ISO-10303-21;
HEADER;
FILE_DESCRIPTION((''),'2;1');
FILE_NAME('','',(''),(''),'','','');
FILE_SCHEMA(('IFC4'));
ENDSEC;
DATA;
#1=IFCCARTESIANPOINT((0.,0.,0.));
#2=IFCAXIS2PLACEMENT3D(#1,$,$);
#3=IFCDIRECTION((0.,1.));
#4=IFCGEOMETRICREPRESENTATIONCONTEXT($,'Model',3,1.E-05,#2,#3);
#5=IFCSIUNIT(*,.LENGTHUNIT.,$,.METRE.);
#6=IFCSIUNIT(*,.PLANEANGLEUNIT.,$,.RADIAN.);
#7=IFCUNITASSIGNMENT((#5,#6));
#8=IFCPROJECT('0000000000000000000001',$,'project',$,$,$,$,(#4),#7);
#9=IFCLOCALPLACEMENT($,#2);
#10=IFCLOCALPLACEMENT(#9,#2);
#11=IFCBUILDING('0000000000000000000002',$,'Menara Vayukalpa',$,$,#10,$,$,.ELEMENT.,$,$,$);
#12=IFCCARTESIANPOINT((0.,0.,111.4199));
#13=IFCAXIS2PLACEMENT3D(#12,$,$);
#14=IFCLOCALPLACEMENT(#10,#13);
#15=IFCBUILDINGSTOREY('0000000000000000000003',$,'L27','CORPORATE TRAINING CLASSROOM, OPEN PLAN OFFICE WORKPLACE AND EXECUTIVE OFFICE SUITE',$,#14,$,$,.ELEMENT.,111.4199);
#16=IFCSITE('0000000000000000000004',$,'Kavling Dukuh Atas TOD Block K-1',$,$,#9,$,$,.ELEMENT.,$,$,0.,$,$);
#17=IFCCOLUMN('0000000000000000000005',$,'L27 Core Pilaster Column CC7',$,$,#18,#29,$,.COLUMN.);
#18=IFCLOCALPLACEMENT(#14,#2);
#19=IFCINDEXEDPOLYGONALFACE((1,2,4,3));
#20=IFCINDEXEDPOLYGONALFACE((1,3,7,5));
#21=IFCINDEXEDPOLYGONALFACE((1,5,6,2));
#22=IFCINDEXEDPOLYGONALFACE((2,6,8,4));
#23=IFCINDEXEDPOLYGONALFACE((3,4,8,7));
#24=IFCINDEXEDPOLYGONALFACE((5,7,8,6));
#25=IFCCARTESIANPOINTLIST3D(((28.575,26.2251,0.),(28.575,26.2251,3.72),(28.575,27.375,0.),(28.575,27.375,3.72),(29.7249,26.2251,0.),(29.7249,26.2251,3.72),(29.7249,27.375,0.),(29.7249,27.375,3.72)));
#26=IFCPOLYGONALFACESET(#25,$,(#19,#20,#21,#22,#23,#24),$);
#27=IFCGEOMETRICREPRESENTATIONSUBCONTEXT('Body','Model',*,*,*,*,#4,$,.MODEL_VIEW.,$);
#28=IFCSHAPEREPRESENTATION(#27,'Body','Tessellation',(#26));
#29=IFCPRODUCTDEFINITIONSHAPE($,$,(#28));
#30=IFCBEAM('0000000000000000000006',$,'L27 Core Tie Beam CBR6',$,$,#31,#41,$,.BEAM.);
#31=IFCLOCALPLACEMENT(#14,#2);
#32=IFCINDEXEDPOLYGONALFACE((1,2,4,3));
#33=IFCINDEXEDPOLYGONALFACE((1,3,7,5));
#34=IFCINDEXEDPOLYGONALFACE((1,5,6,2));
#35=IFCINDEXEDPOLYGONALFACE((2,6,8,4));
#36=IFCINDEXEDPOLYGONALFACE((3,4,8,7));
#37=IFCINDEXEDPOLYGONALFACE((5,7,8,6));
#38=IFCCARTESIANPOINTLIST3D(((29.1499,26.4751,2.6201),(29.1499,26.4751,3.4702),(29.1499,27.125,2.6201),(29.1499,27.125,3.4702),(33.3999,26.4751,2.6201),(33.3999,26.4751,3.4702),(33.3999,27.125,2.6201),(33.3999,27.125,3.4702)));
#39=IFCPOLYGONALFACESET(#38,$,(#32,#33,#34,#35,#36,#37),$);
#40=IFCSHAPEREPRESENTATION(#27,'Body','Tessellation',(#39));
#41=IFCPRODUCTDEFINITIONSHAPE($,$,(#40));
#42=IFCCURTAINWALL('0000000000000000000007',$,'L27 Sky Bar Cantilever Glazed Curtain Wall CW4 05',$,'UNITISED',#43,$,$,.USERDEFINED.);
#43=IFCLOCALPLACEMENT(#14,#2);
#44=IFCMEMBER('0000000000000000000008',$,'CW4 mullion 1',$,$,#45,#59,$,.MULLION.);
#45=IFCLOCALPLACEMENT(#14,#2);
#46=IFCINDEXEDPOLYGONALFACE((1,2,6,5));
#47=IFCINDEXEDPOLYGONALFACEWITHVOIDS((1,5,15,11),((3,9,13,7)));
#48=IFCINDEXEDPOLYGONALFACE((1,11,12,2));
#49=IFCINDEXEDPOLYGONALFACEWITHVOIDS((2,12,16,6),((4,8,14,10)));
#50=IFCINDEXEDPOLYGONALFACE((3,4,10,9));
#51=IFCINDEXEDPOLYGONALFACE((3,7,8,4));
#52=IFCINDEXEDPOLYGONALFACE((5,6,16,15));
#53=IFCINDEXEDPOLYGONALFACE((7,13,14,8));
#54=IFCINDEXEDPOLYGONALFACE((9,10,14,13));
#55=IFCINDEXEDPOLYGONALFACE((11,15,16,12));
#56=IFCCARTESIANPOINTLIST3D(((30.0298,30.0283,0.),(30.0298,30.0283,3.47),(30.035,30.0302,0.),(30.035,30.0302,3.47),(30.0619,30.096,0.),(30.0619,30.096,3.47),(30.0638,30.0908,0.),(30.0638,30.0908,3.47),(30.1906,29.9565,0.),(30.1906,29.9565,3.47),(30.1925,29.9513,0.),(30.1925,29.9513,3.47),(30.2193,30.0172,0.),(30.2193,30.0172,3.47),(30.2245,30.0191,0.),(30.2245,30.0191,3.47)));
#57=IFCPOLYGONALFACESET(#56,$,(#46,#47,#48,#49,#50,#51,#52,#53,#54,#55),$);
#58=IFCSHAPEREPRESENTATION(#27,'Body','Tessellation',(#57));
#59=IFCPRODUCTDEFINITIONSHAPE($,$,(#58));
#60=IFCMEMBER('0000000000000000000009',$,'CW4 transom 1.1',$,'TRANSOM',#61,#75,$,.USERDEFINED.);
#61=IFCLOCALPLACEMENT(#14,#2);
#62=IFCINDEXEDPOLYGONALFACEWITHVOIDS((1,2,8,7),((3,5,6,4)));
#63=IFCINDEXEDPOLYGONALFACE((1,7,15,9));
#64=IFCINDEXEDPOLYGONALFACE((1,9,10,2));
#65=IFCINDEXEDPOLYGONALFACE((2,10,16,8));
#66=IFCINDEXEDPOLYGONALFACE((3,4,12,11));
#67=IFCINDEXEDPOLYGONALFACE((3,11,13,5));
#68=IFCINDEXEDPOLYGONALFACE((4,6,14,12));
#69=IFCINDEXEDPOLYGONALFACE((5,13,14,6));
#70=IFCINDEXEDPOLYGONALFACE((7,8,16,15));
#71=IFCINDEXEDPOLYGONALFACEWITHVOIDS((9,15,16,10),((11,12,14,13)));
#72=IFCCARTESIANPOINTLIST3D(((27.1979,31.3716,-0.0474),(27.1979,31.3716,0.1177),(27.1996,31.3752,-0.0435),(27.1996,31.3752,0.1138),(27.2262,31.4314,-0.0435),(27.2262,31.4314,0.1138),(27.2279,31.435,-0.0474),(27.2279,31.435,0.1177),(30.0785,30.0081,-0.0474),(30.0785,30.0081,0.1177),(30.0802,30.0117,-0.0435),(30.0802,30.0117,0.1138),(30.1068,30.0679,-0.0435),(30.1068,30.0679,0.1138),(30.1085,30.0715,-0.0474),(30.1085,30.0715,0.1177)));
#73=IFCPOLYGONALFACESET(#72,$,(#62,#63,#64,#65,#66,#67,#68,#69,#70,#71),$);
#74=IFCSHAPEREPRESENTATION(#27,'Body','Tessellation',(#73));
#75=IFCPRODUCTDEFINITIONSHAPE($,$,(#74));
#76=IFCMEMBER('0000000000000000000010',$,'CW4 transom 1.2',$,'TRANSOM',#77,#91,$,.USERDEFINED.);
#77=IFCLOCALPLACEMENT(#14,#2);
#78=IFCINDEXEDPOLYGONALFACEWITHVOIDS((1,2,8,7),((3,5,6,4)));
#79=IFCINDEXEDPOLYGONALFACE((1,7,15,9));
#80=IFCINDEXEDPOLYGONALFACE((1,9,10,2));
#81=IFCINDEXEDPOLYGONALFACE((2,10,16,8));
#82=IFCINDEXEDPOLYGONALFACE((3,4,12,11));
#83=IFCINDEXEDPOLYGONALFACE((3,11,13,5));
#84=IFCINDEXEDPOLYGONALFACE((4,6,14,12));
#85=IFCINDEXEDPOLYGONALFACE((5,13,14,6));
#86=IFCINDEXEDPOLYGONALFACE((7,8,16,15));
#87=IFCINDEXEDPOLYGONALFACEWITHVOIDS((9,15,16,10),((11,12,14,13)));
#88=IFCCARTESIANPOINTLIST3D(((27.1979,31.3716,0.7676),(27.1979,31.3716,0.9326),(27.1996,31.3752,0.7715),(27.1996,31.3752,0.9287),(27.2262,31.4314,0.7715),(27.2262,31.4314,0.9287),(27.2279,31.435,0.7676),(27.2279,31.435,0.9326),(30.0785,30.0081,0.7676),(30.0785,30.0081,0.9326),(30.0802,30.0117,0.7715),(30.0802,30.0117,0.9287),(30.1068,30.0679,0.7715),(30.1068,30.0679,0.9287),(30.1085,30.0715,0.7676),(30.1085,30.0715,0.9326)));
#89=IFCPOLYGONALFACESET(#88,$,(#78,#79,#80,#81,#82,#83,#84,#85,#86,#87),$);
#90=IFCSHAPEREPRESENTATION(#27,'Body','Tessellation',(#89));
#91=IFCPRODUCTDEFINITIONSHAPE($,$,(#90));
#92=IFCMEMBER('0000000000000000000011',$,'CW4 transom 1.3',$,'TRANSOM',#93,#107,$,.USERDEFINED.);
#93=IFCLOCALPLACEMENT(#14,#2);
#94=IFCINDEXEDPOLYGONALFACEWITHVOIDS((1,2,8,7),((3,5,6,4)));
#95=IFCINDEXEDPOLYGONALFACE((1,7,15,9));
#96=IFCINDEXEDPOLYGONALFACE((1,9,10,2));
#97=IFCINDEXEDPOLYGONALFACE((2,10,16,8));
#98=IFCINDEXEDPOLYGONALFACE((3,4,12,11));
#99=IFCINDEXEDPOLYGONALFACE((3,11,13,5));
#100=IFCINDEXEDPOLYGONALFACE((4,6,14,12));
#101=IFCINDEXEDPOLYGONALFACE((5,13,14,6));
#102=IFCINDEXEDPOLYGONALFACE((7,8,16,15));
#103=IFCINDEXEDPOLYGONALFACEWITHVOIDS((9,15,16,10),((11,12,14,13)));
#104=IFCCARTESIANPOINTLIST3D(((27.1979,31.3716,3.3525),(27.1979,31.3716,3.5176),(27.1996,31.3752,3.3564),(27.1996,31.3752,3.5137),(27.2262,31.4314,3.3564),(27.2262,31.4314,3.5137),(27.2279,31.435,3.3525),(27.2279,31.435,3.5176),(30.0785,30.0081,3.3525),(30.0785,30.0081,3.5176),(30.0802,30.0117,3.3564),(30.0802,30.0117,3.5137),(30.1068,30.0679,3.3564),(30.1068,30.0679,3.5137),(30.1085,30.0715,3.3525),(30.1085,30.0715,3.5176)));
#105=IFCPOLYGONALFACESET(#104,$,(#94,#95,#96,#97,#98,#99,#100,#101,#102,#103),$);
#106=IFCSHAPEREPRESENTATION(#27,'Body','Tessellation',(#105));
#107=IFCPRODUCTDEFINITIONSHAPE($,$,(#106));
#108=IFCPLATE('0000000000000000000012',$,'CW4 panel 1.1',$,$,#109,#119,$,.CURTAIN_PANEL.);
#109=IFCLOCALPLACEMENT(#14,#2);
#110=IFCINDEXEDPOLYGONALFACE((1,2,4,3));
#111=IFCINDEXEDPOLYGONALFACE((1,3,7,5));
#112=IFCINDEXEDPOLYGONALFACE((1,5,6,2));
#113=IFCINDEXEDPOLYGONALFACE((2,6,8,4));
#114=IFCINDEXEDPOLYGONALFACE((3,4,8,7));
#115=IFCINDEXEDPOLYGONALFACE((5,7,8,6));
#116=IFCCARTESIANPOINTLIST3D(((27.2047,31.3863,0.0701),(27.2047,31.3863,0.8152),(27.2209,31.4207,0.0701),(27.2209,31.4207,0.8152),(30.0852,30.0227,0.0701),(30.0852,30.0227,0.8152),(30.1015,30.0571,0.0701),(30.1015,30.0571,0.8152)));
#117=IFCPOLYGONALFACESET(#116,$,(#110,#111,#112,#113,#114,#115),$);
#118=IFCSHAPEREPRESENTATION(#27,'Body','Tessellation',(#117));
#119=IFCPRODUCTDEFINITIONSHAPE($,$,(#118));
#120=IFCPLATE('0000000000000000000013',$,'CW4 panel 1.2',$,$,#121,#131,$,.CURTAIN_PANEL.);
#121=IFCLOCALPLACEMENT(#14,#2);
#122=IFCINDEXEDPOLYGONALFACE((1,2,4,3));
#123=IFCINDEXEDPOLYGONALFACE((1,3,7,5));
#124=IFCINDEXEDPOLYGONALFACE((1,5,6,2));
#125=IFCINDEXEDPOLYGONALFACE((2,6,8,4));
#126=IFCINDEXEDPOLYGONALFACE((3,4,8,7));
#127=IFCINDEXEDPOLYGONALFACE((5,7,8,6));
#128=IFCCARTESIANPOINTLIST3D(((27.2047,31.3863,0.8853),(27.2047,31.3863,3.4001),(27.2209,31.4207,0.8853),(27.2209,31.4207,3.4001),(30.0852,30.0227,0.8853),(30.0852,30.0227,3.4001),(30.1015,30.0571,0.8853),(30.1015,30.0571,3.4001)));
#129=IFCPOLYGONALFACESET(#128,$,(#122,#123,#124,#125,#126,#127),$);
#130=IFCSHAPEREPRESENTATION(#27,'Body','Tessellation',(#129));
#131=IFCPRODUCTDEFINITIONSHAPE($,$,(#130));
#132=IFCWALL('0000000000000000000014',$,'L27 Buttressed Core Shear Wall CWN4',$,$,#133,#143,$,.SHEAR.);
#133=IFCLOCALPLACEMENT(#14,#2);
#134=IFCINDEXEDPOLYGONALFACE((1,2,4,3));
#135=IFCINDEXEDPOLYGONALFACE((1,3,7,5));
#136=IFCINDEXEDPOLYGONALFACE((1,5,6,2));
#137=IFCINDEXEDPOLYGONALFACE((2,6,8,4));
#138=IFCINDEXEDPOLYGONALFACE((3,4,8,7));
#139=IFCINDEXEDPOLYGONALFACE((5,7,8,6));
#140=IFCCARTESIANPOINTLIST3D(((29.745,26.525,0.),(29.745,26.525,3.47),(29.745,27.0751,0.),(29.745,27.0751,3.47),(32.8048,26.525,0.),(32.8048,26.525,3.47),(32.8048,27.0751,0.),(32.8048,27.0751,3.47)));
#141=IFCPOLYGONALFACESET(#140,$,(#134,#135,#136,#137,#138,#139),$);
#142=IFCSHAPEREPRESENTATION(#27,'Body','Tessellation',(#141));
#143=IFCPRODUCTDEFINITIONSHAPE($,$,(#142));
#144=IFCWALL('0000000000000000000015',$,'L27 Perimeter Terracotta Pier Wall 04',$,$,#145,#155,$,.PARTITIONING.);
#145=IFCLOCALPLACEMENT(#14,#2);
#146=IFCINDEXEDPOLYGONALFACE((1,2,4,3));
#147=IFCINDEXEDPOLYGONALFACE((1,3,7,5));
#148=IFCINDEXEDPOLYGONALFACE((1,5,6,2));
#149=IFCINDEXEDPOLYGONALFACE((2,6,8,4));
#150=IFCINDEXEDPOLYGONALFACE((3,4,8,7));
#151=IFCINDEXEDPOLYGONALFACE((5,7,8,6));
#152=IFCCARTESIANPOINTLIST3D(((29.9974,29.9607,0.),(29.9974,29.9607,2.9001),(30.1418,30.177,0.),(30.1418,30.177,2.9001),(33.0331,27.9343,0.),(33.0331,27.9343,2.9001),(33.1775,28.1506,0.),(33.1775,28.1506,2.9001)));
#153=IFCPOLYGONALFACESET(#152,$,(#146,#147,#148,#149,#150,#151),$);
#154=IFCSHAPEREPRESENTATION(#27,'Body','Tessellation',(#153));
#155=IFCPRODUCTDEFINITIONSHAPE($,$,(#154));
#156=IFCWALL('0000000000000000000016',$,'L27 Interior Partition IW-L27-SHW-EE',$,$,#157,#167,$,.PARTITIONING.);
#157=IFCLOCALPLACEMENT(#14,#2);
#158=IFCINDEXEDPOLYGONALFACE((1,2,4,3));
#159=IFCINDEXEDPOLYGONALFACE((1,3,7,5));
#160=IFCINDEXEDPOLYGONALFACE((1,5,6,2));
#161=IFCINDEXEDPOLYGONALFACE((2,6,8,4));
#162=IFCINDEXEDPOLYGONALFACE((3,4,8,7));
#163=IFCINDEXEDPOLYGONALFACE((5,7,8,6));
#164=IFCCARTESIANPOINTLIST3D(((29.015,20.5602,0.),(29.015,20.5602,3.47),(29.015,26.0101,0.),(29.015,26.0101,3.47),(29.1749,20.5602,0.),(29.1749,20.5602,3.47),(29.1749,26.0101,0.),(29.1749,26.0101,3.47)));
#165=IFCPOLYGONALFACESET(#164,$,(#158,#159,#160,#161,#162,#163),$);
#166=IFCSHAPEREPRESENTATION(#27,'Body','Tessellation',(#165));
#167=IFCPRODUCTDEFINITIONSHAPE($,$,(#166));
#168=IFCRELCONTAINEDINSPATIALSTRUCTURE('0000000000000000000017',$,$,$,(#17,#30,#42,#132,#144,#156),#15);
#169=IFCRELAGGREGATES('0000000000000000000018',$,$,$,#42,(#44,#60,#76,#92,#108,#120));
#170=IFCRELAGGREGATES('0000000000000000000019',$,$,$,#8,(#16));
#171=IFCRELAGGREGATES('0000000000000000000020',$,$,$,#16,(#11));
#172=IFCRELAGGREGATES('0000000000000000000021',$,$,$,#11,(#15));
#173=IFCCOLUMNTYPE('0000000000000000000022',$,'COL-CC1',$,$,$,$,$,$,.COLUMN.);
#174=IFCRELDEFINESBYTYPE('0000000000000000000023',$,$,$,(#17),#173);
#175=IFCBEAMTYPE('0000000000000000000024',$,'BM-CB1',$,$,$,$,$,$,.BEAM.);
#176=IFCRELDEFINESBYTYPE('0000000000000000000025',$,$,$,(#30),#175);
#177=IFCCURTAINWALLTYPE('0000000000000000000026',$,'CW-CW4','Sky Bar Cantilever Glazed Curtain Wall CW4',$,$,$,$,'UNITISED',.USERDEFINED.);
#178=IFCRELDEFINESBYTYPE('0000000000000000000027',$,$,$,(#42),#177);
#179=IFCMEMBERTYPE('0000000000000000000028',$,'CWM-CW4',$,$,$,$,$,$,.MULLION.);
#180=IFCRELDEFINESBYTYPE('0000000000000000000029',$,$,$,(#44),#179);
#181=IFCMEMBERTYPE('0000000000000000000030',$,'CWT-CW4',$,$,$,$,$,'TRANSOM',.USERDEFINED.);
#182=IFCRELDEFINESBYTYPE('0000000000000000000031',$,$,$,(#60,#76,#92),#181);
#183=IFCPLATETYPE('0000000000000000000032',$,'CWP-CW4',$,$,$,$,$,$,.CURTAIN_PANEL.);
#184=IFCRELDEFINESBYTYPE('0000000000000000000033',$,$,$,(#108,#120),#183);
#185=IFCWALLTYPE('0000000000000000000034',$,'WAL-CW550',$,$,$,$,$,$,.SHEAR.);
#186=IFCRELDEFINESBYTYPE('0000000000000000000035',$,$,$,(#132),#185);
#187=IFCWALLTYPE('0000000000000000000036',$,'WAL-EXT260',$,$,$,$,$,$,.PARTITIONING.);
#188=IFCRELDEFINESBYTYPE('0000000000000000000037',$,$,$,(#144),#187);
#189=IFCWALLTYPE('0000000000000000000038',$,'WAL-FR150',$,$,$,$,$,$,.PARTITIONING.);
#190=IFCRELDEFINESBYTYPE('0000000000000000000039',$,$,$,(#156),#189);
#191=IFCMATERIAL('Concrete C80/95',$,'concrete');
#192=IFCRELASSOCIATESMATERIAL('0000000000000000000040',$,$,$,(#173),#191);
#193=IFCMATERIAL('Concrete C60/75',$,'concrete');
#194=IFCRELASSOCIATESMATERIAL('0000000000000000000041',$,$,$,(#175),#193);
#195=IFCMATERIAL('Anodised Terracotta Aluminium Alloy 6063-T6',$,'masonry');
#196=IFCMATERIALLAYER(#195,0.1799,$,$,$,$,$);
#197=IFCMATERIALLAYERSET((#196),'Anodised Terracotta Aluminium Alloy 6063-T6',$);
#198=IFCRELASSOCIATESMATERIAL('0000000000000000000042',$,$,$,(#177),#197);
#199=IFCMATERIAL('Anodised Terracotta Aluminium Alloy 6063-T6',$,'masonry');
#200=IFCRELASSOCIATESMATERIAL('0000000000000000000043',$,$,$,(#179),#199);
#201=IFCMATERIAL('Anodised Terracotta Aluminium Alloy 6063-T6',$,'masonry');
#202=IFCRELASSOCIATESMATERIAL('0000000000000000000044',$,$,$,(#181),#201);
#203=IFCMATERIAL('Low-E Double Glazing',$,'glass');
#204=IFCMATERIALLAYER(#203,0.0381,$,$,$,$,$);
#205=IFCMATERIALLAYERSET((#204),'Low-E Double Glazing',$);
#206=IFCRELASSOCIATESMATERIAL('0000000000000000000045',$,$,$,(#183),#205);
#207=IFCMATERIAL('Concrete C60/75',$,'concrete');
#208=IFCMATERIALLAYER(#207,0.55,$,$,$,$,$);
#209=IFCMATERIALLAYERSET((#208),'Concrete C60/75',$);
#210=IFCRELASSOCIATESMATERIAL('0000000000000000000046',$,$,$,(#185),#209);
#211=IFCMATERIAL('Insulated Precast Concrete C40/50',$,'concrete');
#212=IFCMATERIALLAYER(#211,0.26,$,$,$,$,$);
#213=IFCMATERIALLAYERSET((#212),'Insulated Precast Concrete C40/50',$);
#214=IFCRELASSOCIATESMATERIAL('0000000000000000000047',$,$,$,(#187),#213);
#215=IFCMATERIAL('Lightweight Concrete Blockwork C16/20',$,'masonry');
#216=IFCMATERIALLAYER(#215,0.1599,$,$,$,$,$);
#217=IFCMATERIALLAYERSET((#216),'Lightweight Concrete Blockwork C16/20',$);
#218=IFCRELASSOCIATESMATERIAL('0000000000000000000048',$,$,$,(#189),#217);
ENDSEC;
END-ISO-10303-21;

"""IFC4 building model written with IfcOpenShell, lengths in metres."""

from ifc_helpers import new_model, si_unit, direction, frame, frame_2d, origin, origin_2d, place, context, subcontext, project, spatial, rectangle, hollow_rectangle, extrude, material, layer, layer_set, material_profile, profile_set, type_object, element, aggregate, save


model = new_model("IFC4")

# Units and contexts
model_context = context("Model", 3, precision=1e-05, world=origin(), true_north=direction((0.0, 1.0)))
body_context = subcontext(model_context, "Body", "Model", "MODEL_VIEW")
ifc_project = project(units=[si_unit("LENGTHUNIT", "METRE"), si_unit("PLANEANGLEUNIT", "RADIAN")], contexts=[model_context])

# Site, building, storey
site_placement = place(None, origin())
site = spatial("IfcSite", under=ifc_project, at=site_placement, Name="Kavling Dukuh Atas TOD Block K-1", CompositionType="ELEMENT", RefElevation=0.0)
building_placement = place(site_placement, origin())
building = spatial("IfcBuilding", under=site, at=building_placement, Name="Menara Vayukalpa", CompositionType="ELEMENT")
storey_placement = place(building_placement, frame((0.0, 0.0, 111.4199)))
storey = spatial("IfcBuildingStorey", under=building, at=storey_placement, Name="L27", Description="CORPORATE TRAINING CLASSROOM, OPEN PLAN OFFICE WORKPLACE AND EXECUTIVE OFFICE SUITE", CompositionType="ELEMENT", Elevation=111.4199)

# Column
ifc_material_1 = material(Name="Concrete C80/95", Category="concrete")
ifc_material_profile_1 = material_profile(ifc_material_1, rectangle(XDim=1.1499, YDim=1.1499, at=origin_2d()), Name="RC 1150x1150")
ifc_profile_set_1 = profile_set([ifc_material_profile_1], Name="Concrete C80/95")
column_type = type_object("IfcColumnType", Name="COL-CC1", PredefinedType="COLUMN", material=ifc_profile_set_1)
column_placement = place(storey_placement, frame((29.1499, 26.8, 0.0), z_axis=(0.0, 0.0, 1.0), x_axis=(1.0, 0.0, 0.0)))
element("IfcColumn", 1, at=column_placement, inside=storey, type_object=column_type, Name="L27 Core Pilaster Column CC7", PredefinedType="COLUMN", context=body_context, shape_type="SweptSolid", body=[
    extrude(rectangle(XDim=1.1499, YDim=1.1499, at=origin_2d()), origin(), (0.0, 0.0, 1.0), 3.72),
])

# Beam
ifc_material_2 = material(Name="Concrete C60/75", Category="concrete")
ifc_material_profile_2 = material_profile(ifc_material_2, rectangle(XDim=0.6499, YDim=0.8501, at=origin_2d()), Name="RC 650x850")
ifc_profile_set_2 = profile_set([ifc_material_profile_2], Name="Concrete C60/75")
beam_type = type_object("IfcBeamType", Name="BM-CB1", PredefinedType="BEAM", material=ifc_profile_set_2)
beam_placement = place(storey_placement, frame((29.1499, 26.8, 3.0452), z_axis=(1.0, 0.0, 0.0), x_axis=(0.0, 1.0, 0.0)))
element("IfcBeam", 2, at=beam_placement, inside=storey, type_object=beam_type, Name="L27 Core Tie Beam CBR6", PredefinedType="BEAM", context=body_context, shape_type="SweptSolid", body=[
    extrude(rectangle(XDim=0.6499, YDim=0.8501, at=origin_2d()), origin(), (0.0, 0.0, 1.0), 4.25),
])

# Curtain wall, members, plates
ifc_material_3 = material(Name="Anodised Terracotta Aluminium Alloy 6063-T6", Category="masonry")
ifc_layer_1 = layer(ifc_material_3, 0.1799)
ifc_layer_set_1 = layer_set([ifc_layer_1], Name="Anodised Terracotta Aluminium Alloy 6063-T6")
curtain_wall_type = type_object("IfcCurtainWallType", Name="CW-CW4", Description="Sky Bar Cantilever Glazed Curtain Wall CW4", ElementType="UNITISED", PredefinedType="USERDEFINED", material=ifc_layer_set_1)
curtain_wall_placement = place(storey_placement, origin())
curtain_wall = element("IfcCurtainWall", 3, at=curtain_wall_placement, inside=storey, type_object=curtain_wall_type, Name="L27 Sky Bar Cantilever Glazed Curtain Wall CW4 05", ObjectType="UNITISED", PredefinedType="USERDEFINED")
ifc_material_4 = material(Name="Anodised Terracotta Aluminium Alloy 6063-T6", Category="masonry")
ifc_material_profile_3 = material_profile(ifc_material_4, hollow_rectangle(XDim=0.075, YDim=0.1799, WallThickness=0.0039, at=origin_2d()), Name="ALU 75x180x4")
ifc_profile_set_3 = profile_set([ifc_material_profile_3], Name="Anodised Terracotta Aluminium Alloy 6063-T6")
member_type_1 = type_object("IfcMemberType", Name="CWM-CW4", PredefinedType="MULLION", material=ifc_profile_set_3)
member_1_placement = place(storey_placement, frame((30.1272, 30.0237, 0.0), z_axis=(0.0, 0.0, 1.0), x_axis=(-0.427871, -0.90384, 0.0)))
member_1 = element("IfcMember", 4, at=member_1_placement, type_object=member_type_1, Name="CW4 mullion 1", PredefinedType="MULLION", context=body_context, shape_type="SweptSolid", body=[
    extrude(hollow_rectangle(XDim=0.075, YDim=0.1799, WallThickness=0.0039, at=origin_2d()), origin(), (0.0, 0.0, 1.0), 3.47),
])
ifc_material_5 = material(Name="Anodised Terracotta Aluminium Alloy 6063-T6", Category="masonry")
ifc_material_profile_4 = material_profile(ifc_material_5, hollow_rectangle(XDim=0.0701, YDim=0.165, WallThickness=0.0039, at=origin_2d()), Name="ALU 70x165x4")
ifc_profile_set_4 = profile_set([ifc_material_profile_4], Name="Anodised Terracotta Aluminium Alloy 6063-T6")
member_type_2 = type_object("IfcMemberType", Name="CWT-CW4", ElementType="TRANSOM", PredefinedType="USERDEFINED", material=ifc_profile_set_4)
member_2_placement = place(storey_placement, frame((30.0935, 30.0398, 0.0352), z_axis=(-0.903856, 0.427836, 0.0), x_axis=(-0.427836, -0.903856, 0.0)))
member_2 = element("IfcMember", 5, at=member_2_placement, type_object=member_type_2, Name="CW4 transom 1.1", ObjectType="TRANSOM", PredefinedType="USERDEFINED", context=body_context, shape_type="SweptSolid", body=[
    extrude(hollow_rectangle(XDim=0.0701, YDim=0.165, WallThickness=0.0039, at=origin_2d()), origin(), (0.0, 0.0, 1.0), 3.187),
])
member_3_placement = place(storey_placement, frame((30.0935, 30.0398, 0.8501), z_axis=(-0.903856, 0.427836, 0.0), x_axis=(-0.427836, -0.903856, 0.0)))
member_3 = element("IfcMember", 6, at=member_3_placement, type_object=member_type_2, Name="CW4 transom 1.2", ObjectType="TRANSOM", PredefinedType="USERDEFINED", context=body_context, shape_type="SweptSolid", body=[
    extrude(hollow_rectangle(XDim=0.0701, YDim=0.165, WallThickness=0.0039, at=origin_2d()), origin(), (0.0, 0.0, 1.0), 3.187),
])
member_4_placement = place(storey_placement, frame((30.0935, 30.0398, 3.4351), z_axis=(-0.903856, 0.427836, 0.0), x_axis=(-0.427836, -0.903856, 0.0)))
member_4 = element("IfcMember", 7, at=member_4_placement, type_object=member_type_2, Name="CW4 transom 1.3", ObjectType="TRANSOM", PredefinedType="USERDEFINED", context=body_context, shape_type="SweptSolid", body=[
    extrude(hollow_rectangle(XDim=0.0701, YDim=0.165, WallThickness=0.0039, at=origin_2d()), origin(), (0.0, 0.0, 1.0), 3.187),
])
ifc_material_6 = material(Name="Low-E Double Glazing", Category="glass")
ifc_layer_2 = layer(ifc_material_6, 0.0381)
ifc_layer_set_2 = layer_set([ifc_layer_2], Name="Low-E Double Glazing")
plate_type = type_object("IfcPlateType", Name="CWP-CW4", PredefinedType="CURTAIN_PANEL", material=ifc_layer_set_2)
plate_1_placement = place(storey_placement, frame((28.6531, 30.7217, 0.0701), z_axis=(0.0, 0.0, 1.0), x_axis=(-0.90384, 0.427871, 0.0)))
plate_1 = element("IfcPlate", 8, at=plate_1_placement, type_object=plate_type, Name="CW4 panel 1.1", PredefinedType="CURTAIN_PANEL", context=body_context, shape_type="SweptSolid", body=[
    extrude(rectangle(XDim=3.187, YDim=0.0381, at=origin_2d()), origin(), (0.0, 0.0, 1.0), 0.7451),
])
plate_2_placement = place(storey_placement, frame((28.6531, 30.7217, 0.8853), z_axis=(0.0, 0.0, 1.0), x_axis=(-0.90384, 0.427871, 0.0)))
plate_2 = element("IfcPlate", 9, at=plate_2_placement, type_object=plate_type, Name="CW4 panel 1.2", PredefinedType="CURTAIN_PANEL", context=body_context, shape_type="SweptSolid", body=[
    extrude(rectangle(XDim=3.187, YDim=0.0381, at=origin_2d()), origin(), (0.0, 0.0, 1.0), 2.5149),
])
aggregate(curtain_wall, [member_1, member_2, member_3, member_4, plate_1, plate_2])

# Walls
ifc_material_7 = material(Name="Concrete C60/75", Category="concrete")
ifc_layer_3 = layer(ifc_material_7, 0.55)
ifc_layer_set_3 = layer_set([ifc_layer_3], Name="Concrete C60/75")
wall_type_1 = type_object("IfcWallType", Name="WAL-CW550", PredefinedType="SHEAR", material=ifc_layer_set_3)
wall_1_placement = place(storey_placement, frame((29.7451, 26.8, 0.0), z_axis=(0.0, 0.0, 1.0), x_axis=(1.0, 0.0, 0.0)))
element("IfcWall", 10, at=wall_1_placement, inside=storey, type_object=wall_type_1, Name="L27 Buttressed Core Shear Wall CWN4", PredefinedType="SHEAR", context=body_context, shape_type="SweptSolid", body=[
    extrude(rectangle(XDim=3.0598, YDim=0.55, at=frame_2d((1.5298, 0.0))), origin(), (0.0, 0.0, 1.0), 3.47),
])
ifc_material_8 = material(Name="Insulated Precast Concrete C40/50", Category="concrete")
ifc_layer_4 = layer(ifc_material_8, 0.26)
ifc_layer_set_4 = layer_set([ifc_layer_4], Name="Insulated Precast Concrete C40/50")
wall_type_2 = type_object("IfcWallType", Name="WAL-EXT260", PredefinedType="PARTITIONING", material=ifc_layer_set_4)
wall_2_placement = place(storey_placement, frame((30.0696, 30.0688, 0.0), z_axis=(0.0, 0.0, 1.0), x_axis=(0.831721, -0.555194, 0.0)))
element("IfcWall", 11, at=wall_2_placement, inside=storey, type_object=wall_type_2, Name="L27 Perimeter Terracotta Pier Wall 04", PredefinedType="PARTITIONING", context=body_context, shape_type="SweptSolid", body=[
    extrude(rectangle(XDim=3.6499, YDim=0.26, at=frame_2d((1.825, 0.0))), origin(), (0.0, 0.0, 1.0), 2.9001),
])
ifc_material_9 = material(Name="Lightweight Concrete Blockwork C16/20", Category="masonry")
ifc_layer_5 = layer(ifc_material_9, 0.1599)
ifc_layer_set_5 = layer_set([ifc_layer_5], Name="Lightweight Concrete Blockwork C16/20")
wall_type_3 = type_object("IfcWallType", Name="WAL-FR150", PredefinedType="PARTITIONING", material=ifc_layer_set_5)
wall_3_placement = place(storey_placement, frame((29.095, 20.5601, 0.0), z_axis=(0.0, 0.0, 1.0), x_axis=(0.0, 1.0, 0.0)))
element("IfcWall", 12, at=wall_3_placement, inside=storey, type_object=wall_type_3, Name="L27 Interior Partition IW-L27-SHW-EE", PredefinedType="PARTITIONING", context=body_context, shape_type="SweptSolid", body=[
    extrude(rectangle(XDim=5.45, YDim=0.1599, at=frame_2d((2.7251, 0.0))), origin(), (0.0, 0.0, 1.0), 3.47),
])

save(model, "model.ifc")
